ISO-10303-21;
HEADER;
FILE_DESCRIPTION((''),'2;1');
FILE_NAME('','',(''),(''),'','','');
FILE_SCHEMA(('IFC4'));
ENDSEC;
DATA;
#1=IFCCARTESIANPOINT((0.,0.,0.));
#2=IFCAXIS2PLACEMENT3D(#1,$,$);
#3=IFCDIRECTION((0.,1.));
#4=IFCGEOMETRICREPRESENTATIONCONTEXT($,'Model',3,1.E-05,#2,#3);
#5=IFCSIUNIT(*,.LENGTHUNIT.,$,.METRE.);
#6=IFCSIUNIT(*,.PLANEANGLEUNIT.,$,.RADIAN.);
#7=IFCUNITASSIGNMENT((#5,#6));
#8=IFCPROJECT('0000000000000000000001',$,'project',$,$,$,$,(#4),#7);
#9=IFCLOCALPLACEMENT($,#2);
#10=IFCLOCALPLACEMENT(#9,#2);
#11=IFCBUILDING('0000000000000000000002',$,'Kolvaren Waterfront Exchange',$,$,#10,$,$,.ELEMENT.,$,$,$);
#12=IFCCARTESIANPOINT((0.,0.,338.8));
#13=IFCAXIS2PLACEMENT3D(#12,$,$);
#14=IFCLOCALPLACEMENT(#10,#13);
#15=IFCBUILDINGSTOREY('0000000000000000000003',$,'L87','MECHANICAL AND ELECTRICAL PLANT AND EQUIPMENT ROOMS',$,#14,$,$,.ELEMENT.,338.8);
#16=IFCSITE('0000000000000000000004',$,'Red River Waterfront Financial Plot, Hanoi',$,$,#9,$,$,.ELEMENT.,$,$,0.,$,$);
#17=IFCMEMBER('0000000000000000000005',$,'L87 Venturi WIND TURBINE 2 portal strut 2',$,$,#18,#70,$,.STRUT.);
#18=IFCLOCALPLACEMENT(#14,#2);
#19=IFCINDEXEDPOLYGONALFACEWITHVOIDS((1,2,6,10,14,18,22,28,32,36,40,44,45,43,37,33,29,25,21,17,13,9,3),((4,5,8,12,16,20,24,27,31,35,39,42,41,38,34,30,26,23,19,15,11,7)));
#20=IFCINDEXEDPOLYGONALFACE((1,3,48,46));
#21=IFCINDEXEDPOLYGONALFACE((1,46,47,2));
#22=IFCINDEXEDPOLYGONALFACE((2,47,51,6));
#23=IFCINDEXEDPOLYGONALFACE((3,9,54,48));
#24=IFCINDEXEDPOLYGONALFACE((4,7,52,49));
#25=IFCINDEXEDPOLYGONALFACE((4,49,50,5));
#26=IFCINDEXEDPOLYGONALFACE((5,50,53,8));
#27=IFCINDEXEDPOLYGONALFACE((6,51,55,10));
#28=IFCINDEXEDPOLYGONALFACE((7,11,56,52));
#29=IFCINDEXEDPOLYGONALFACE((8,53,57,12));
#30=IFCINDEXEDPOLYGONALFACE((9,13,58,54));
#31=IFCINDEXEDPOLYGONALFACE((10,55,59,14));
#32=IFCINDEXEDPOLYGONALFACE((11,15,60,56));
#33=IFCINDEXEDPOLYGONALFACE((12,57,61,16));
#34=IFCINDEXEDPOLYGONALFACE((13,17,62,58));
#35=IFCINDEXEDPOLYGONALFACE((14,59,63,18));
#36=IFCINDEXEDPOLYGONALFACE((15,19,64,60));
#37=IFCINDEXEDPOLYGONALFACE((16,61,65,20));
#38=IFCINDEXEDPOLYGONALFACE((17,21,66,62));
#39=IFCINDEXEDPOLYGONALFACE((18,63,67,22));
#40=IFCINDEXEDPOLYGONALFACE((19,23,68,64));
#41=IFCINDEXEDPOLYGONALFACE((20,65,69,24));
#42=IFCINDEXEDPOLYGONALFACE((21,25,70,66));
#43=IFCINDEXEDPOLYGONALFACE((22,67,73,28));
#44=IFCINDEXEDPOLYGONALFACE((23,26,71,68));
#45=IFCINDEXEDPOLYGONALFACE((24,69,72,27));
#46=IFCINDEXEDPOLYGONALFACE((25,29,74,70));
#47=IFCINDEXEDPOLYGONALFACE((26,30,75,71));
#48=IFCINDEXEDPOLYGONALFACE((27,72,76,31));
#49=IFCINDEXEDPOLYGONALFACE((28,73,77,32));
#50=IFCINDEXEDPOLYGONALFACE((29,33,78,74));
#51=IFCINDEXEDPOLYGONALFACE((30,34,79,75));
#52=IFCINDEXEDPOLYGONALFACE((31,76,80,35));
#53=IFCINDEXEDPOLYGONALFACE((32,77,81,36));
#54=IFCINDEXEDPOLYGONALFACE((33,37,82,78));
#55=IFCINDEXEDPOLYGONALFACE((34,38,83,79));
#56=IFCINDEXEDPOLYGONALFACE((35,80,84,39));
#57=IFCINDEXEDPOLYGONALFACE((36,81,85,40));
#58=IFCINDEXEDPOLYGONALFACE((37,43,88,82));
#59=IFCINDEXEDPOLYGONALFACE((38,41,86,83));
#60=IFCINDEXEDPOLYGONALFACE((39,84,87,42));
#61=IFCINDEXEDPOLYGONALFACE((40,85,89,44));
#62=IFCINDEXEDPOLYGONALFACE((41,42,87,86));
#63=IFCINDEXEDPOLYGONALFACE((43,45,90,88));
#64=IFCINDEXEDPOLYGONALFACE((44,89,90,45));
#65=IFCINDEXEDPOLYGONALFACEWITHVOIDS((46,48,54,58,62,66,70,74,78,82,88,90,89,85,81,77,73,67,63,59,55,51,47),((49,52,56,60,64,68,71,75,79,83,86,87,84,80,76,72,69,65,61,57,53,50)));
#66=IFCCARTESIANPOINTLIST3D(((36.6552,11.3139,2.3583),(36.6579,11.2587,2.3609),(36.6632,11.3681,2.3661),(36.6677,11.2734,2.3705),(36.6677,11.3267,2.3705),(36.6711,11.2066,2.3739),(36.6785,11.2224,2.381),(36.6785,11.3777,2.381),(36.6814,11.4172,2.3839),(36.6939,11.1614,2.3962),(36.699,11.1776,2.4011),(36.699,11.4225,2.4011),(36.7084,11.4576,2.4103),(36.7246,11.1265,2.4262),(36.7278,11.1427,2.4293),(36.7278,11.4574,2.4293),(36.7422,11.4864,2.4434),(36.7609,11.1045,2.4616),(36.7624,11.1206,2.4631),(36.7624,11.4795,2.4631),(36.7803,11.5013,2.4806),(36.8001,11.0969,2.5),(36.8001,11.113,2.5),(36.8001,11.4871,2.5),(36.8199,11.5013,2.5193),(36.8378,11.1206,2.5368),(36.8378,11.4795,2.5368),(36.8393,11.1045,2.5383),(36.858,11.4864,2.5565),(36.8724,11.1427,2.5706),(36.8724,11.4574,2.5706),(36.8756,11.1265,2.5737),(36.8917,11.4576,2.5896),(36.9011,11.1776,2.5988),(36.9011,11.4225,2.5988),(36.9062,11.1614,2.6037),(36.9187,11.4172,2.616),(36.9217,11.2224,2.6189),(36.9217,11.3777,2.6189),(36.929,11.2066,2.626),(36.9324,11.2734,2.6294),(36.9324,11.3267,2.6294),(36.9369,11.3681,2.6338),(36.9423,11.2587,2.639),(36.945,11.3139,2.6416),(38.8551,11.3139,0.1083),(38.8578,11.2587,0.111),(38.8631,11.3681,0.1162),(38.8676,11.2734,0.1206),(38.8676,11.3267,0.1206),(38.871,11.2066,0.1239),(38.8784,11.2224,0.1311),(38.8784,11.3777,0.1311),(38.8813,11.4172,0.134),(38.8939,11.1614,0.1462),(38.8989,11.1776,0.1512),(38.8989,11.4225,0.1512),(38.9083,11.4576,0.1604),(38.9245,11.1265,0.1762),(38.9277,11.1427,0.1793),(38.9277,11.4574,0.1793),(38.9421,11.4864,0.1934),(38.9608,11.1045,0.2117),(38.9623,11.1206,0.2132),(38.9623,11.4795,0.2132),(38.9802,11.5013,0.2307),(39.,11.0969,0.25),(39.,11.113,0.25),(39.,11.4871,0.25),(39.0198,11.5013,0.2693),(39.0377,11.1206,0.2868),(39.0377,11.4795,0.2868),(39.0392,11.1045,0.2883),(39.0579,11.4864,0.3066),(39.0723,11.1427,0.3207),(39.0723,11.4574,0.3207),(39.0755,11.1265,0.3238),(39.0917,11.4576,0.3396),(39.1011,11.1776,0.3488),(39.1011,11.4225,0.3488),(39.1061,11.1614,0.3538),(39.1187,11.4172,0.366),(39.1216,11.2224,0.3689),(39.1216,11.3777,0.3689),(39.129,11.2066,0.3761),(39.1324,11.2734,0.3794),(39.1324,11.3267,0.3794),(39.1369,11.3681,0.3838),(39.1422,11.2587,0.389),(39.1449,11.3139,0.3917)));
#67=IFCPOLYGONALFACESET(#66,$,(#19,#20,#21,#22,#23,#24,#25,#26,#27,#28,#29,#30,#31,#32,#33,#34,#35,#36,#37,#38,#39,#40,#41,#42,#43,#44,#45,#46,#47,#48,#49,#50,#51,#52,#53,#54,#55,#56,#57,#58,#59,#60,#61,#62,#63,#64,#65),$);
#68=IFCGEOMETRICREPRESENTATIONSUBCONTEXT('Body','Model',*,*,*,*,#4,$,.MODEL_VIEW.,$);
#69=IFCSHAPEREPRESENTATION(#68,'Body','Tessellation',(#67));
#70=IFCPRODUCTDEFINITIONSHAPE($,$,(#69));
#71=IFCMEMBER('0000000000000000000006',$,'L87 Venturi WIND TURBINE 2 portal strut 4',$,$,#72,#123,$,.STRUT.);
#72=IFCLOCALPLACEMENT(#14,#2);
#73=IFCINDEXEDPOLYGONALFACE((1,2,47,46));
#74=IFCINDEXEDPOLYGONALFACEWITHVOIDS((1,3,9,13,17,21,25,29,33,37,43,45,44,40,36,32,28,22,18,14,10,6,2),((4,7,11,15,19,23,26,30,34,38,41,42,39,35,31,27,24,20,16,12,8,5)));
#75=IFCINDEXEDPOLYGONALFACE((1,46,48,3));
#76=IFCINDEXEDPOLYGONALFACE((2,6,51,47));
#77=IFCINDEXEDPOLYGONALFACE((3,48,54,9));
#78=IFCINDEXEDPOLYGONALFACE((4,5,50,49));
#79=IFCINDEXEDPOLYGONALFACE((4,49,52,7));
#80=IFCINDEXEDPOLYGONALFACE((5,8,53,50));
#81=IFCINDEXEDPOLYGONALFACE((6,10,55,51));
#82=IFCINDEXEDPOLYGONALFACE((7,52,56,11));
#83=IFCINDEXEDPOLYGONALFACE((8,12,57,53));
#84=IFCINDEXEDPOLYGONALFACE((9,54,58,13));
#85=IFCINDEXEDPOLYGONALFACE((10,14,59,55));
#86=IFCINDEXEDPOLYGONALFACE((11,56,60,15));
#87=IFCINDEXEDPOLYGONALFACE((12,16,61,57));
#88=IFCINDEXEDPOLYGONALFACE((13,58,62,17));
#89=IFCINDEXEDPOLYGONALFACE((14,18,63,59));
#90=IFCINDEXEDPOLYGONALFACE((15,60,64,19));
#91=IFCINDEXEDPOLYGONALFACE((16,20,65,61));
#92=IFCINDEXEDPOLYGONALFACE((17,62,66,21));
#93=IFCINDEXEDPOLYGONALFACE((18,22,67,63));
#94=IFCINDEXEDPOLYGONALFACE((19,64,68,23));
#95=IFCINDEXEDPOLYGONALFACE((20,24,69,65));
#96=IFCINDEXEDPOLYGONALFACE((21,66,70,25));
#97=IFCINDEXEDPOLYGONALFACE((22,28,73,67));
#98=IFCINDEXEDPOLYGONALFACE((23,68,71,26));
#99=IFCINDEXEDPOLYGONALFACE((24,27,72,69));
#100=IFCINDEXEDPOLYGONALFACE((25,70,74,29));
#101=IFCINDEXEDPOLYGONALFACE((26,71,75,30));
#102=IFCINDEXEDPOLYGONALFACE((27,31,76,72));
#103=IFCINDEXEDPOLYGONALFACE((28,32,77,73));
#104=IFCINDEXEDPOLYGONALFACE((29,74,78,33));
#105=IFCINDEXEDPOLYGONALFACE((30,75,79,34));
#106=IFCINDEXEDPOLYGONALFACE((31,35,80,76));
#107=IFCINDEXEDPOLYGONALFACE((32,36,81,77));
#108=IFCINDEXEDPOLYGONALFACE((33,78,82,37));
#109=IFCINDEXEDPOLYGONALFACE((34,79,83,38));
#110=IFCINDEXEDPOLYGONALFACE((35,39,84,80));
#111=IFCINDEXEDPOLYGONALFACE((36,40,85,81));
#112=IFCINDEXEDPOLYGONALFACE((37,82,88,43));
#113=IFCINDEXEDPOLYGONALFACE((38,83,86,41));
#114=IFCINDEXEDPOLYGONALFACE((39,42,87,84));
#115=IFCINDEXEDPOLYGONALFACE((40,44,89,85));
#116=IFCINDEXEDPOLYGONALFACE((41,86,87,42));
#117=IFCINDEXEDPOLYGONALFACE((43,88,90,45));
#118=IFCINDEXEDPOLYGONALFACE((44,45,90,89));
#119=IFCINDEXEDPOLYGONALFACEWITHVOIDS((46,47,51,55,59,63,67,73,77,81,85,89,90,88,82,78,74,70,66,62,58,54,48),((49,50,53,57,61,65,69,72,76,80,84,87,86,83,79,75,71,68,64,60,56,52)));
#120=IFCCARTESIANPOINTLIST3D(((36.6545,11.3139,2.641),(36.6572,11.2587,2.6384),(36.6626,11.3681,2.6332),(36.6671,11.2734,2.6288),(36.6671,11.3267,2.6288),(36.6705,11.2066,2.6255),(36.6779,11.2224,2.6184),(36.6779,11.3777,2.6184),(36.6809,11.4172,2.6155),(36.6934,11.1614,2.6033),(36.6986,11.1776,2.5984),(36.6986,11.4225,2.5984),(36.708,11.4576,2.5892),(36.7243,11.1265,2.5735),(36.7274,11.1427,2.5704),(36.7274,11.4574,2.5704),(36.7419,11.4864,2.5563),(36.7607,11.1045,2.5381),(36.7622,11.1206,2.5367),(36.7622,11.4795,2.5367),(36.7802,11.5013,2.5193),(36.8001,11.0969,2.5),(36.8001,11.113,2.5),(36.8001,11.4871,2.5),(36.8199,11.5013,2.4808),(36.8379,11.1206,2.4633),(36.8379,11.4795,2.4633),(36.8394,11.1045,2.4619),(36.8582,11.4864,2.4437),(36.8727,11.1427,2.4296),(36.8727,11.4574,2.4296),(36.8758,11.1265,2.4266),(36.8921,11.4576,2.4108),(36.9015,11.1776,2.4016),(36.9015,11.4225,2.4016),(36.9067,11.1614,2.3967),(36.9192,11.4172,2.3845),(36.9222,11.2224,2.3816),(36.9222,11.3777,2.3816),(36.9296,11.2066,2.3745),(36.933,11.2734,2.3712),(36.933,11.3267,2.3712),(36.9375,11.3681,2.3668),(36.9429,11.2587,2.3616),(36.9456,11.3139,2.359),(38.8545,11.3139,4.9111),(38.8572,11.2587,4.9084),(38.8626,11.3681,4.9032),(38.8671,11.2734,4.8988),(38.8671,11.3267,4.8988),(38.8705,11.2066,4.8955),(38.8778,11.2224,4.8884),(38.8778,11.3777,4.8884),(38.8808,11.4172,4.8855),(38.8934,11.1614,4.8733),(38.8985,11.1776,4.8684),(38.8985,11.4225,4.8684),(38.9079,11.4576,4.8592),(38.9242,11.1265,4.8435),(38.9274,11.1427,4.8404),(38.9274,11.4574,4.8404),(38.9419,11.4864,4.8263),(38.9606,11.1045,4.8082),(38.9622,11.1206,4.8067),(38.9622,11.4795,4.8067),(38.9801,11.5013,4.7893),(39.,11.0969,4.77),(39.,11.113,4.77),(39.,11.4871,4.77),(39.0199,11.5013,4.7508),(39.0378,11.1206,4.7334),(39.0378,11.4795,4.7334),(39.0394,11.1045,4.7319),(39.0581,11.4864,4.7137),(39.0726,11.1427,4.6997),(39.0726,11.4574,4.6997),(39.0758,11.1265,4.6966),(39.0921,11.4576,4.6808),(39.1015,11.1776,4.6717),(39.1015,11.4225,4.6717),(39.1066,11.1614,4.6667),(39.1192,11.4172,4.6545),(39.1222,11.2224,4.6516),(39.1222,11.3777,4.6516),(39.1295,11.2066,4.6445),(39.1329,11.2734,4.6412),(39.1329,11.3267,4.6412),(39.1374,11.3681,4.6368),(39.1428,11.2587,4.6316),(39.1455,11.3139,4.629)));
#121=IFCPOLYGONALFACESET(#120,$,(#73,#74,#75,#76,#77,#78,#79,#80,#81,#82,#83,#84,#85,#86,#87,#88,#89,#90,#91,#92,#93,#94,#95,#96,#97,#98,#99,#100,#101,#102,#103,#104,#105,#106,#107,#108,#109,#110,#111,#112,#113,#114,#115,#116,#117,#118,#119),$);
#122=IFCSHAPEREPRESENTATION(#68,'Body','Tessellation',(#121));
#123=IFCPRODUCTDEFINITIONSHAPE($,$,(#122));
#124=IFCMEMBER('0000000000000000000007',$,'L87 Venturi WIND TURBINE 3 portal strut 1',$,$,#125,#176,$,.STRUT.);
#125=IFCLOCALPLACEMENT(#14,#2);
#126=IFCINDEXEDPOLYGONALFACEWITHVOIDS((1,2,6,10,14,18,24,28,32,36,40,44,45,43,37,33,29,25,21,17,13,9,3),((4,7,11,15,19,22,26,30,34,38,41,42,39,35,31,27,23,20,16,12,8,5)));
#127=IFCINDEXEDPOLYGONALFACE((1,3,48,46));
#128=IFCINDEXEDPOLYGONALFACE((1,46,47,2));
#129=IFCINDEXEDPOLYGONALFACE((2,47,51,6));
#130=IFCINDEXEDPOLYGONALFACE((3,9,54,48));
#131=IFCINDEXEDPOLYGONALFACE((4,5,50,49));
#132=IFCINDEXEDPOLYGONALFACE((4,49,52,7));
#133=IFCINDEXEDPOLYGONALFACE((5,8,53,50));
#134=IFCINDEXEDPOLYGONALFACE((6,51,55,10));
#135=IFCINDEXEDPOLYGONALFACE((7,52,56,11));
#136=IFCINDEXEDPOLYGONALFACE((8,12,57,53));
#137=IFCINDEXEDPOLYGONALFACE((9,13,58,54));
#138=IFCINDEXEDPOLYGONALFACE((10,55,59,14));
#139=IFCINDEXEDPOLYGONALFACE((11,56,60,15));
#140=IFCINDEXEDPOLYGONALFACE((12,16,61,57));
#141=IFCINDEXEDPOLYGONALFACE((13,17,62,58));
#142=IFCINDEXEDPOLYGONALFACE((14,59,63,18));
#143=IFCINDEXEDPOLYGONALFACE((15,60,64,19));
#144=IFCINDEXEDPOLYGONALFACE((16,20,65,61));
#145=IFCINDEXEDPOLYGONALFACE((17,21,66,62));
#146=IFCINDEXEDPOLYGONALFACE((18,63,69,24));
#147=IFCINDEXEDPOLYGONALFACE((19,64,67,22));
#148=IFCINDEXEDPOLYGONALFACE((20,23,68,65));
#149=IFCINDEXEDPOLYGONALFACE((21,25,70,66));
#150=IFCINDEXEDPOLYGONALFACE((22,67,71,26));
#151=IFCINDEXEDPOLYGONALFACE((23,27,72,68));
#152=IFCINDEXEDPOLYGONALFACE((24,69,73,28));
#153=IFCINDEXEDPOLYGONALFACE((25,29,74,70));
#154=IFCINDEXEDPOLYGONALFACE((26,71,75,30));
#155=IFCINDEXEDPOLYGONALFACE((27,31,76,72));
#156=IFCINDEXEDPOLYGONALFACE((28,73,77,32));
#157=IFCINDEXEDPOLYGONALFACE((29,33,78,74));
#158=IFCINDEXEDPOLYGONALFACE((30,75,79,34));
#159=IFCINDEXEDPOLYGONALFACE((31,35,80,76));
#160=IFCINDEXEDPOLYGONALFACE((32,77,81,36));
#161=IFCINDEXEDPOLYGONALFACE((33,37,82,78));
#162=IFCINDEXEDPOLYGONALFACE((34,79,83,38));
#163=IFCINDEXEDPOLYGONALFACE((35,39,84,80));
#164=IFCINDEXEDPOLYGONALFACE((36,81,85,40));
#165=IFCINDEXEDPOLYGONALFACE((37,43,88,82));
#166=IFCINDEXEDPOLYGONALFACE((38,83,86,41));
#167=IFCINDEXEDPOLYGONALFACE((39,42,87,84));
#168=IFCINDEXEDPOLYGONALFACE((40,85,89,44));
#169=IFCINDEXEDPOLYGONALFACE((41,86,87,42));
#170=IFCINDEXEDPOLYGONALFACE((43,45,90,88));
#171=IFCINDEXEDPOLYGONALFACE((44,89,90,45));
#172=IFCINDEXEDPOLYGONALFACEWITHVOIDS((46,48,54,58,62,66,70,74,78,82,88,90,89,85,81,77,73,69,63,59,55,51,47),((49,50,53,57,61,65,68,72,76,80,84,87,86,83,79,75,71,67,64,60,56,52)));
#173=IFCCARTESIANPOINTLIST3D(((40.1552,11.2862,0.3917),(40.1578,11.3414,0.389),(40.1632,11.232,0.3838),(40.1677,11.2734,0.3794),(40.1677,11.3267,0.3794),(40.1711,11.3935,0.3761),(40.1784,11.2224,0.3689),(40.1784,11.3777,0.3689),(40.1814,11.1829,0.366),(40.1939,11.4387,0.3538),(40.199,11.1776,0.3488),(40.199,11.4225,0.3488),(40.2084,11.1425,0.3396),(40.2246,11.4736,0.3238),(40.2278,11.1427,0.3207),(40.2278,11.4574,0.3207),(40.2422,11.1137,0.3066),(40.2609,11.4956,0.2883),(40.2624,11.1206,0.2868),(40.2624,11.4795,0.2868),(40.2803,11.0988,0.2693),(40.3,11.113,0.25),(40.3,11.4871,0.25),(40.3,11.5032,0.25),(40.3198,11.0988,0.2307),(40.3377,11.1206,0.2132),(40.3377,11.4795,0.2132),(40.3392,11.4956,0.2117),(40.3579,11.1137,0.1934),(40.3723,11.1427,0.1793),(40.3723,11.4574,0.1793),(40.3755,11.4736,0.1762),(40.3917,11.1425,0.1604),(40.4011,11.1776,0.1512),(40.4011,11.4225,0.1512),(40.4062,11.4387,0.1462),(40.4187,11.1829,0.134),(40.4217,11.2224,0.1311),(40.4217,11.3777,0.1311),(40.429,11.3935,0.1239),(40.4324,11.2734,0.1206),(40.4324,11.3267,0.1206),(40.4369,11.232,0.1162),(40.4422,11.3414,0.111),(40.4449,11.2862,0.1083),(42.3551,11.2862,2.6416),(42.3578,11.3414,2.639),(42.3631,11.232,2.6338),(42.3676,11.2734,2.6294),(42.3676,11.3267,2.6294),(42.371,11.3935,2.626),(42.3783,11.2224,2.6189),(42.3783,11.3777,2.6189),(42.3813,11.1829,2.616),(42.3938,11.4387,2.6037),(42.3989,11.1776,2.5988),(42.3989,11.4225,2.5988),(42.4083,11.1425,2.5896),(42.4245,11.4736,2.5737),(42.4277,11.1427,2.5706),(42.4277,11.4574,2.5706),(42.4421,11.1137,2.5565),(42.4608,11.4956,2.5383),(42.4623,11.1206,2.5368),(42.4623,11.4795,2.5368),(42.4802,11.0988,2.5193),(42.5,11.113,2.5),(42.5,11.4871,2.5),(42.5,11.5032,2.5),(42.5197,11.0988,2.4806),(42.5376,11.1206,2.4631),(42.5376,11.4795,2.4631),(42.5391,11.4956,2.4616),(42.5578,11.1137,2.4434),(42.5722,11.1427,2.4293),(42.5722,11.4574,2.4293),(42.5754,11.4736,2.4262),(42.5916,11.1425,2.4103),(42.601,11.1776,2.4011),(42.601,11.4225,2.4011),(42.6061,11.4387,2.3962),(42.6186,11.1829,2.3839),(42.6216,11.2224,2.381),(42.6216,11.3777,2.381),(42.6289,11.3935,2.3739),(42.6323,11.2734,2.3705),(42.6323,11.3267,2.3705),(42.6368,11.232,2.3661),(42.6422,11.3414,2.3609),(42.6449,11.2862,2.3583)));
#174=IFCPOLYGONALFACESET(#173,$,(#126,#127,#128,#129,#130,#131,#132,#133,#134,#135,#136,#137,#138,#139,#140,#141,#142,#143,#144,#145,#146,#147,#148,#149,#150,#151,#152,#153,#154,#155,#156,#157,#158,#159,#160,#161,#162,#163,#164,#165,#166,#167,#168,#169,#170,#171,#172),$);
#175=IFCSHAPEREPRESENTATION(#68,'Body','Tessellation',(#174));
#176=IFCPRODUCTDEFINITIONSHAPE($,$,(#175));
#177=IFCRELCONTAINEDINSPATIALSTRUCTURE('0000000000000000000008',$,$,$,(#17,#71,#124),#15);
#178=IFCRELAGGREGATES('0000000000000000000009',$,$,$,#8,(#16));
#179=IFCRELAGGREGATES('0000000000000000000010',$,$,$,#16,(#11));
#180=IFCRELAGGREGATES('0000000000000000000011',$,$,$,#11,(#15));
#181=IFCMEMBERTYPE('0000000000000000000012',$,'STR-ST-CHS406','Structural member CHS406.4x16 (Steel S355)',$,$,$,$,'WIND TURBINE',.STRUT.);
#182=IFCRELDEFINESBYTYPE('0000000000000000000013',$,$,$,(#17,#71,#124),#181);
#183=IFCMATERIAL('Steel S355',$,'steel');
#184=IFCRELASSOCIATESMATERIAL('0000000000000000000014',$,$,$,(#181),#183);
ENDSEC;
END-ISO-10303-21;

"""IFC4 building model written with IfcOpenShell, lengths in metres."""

from ifc_helpers import new_model, si_unit, direction, frame, origin, origin_2d, place, context, subcontext, project, spatial, hollow_circle, extrude, material, material_profile, profile_set, type_object, element, save


model = new_model("IFC4")

# Units and contexts
model_context = context("Model", 3, precision=1e-05, world=origin(), true_north=direction((0.0, 1.0)))
body_context = subcontext(model_context, "Body", "Model", "MODEL_VIEW")
ifc_project = project(units=[si_unit("LENGTHUNIT", "METRE"), si_unit("PLANEANGLEUNIT", "RADIAN")], contexts=[model_context])

# Site, building, storey
site_placement = place(None, origin())
site = spatial("IfcSite", under=ifc_project, at=site_placement, Name="Red River Waterfront Financial Plot, Hanoi", CompositionType="ELEMENT", RefElevation=0.0)
building_placement = place(site_placement, origin())
building = spatial("IfcBuilding", under=site, at=building_placement, Name="Kolvaren Waterfront Exchange", CompositionType="ELEMENT")
storey_placement = place(building_placement, frame((0.0, 0.0, 338.8)))
storey = spatial("IfcBuildingStorey", under=building, at=storey_placement, Name="L87", Description="MECHANICAL AND ELECTRICAL PLANT AND EQUIPMENT ROOMS", CompositionType="ELEMENT", Elevation=338.8)

# Shared definitions
ifc_material_1 = material(Name="Steel S355", Category="steel")

# Members
ifc_material_profile_1 = material_profile(ifc_material_1, hollow_circle(Radius=0.2031, WallThickness=0.0161, at=origin_2d()), Name="CHS406.4x16")
ifc_profile_set_1 = profile_set([ifc_material_profile_1], Name="Steel S355")
member_type_1 = type_object("IfcMemberType", Name="STR-ST-CHS406", Description="Structural member CHS406.4x16 (Steel S355)", ElementType="WIND TURBINE", PredefinedType="STRUT", material=ifc_profile_set_1)
member_1_placement = place(storey_placement, frame((39.0, 11.3, 0.25), z_axis=(-0.69911, 0.0, 0.715014), x_axis=(0.0, -1.0, 0.0)))
element("IfcMember", 1, at=member_1_placement, inside=storey, type_object=member_type_1, Name="L87 Venturi WIND TURBINE 2 portal strut 2", PredefinedType="STRUT", context=body_context, shape_type="SweptSolid", body=[
    extrude(hollow_circle(Radius=0.2031, WallThickness=0.0161, at=origin_2d()), origin(), (0.0, 0.0, 1.0), 3.1467),
])
member_2_placement = place(storey_placement, frame((39.0, 11.3, 4.77), z_axis=(-0.695937, 0.0, -0.718103), x_axis=(0.0, -1.0, 0.0)))
element("IfcMember", 2, at=member_2_placement, inside=storey, type_object=member_type_1, Name="L87 Venturi WIND TURBINE 2 portal strut 4", PredefinedType="STRUT", context=body_context, shape_type="SweptSolid", body=[
    extrude(hollow_circle(Radius=0.2031, WallThickness=0.0161, at=origin_2d()), origin(), (0.0, 0.0, 1.0), 3.1611),
])
for number, where, z_axis, x_axis, name in (
    (3, (40.3, 11.3, 0.25), (0.69911, 0.0, 0.715014), (0.0, 1.0, 0.0), "L87 Venturi WIND TURBINE 3 portal strut 1"),
):
    element("IfcMember", number, at=place(storey_placement, frame(where, z_axis=z_axis, x_axis=x_axis)), inside=storey, type_object=member_type_1, Name=name, PredefinedType="STRUT", context=body_context, shape_type="SweptSolid", body=[
        extrude(hollow_circle(Radius=0.2031, WallThickness=0.0161, at=origin_2d()), origin(), (0.0, 0.0, 1.0), 3.1467),
    ])

save(model, "model.ifc")
